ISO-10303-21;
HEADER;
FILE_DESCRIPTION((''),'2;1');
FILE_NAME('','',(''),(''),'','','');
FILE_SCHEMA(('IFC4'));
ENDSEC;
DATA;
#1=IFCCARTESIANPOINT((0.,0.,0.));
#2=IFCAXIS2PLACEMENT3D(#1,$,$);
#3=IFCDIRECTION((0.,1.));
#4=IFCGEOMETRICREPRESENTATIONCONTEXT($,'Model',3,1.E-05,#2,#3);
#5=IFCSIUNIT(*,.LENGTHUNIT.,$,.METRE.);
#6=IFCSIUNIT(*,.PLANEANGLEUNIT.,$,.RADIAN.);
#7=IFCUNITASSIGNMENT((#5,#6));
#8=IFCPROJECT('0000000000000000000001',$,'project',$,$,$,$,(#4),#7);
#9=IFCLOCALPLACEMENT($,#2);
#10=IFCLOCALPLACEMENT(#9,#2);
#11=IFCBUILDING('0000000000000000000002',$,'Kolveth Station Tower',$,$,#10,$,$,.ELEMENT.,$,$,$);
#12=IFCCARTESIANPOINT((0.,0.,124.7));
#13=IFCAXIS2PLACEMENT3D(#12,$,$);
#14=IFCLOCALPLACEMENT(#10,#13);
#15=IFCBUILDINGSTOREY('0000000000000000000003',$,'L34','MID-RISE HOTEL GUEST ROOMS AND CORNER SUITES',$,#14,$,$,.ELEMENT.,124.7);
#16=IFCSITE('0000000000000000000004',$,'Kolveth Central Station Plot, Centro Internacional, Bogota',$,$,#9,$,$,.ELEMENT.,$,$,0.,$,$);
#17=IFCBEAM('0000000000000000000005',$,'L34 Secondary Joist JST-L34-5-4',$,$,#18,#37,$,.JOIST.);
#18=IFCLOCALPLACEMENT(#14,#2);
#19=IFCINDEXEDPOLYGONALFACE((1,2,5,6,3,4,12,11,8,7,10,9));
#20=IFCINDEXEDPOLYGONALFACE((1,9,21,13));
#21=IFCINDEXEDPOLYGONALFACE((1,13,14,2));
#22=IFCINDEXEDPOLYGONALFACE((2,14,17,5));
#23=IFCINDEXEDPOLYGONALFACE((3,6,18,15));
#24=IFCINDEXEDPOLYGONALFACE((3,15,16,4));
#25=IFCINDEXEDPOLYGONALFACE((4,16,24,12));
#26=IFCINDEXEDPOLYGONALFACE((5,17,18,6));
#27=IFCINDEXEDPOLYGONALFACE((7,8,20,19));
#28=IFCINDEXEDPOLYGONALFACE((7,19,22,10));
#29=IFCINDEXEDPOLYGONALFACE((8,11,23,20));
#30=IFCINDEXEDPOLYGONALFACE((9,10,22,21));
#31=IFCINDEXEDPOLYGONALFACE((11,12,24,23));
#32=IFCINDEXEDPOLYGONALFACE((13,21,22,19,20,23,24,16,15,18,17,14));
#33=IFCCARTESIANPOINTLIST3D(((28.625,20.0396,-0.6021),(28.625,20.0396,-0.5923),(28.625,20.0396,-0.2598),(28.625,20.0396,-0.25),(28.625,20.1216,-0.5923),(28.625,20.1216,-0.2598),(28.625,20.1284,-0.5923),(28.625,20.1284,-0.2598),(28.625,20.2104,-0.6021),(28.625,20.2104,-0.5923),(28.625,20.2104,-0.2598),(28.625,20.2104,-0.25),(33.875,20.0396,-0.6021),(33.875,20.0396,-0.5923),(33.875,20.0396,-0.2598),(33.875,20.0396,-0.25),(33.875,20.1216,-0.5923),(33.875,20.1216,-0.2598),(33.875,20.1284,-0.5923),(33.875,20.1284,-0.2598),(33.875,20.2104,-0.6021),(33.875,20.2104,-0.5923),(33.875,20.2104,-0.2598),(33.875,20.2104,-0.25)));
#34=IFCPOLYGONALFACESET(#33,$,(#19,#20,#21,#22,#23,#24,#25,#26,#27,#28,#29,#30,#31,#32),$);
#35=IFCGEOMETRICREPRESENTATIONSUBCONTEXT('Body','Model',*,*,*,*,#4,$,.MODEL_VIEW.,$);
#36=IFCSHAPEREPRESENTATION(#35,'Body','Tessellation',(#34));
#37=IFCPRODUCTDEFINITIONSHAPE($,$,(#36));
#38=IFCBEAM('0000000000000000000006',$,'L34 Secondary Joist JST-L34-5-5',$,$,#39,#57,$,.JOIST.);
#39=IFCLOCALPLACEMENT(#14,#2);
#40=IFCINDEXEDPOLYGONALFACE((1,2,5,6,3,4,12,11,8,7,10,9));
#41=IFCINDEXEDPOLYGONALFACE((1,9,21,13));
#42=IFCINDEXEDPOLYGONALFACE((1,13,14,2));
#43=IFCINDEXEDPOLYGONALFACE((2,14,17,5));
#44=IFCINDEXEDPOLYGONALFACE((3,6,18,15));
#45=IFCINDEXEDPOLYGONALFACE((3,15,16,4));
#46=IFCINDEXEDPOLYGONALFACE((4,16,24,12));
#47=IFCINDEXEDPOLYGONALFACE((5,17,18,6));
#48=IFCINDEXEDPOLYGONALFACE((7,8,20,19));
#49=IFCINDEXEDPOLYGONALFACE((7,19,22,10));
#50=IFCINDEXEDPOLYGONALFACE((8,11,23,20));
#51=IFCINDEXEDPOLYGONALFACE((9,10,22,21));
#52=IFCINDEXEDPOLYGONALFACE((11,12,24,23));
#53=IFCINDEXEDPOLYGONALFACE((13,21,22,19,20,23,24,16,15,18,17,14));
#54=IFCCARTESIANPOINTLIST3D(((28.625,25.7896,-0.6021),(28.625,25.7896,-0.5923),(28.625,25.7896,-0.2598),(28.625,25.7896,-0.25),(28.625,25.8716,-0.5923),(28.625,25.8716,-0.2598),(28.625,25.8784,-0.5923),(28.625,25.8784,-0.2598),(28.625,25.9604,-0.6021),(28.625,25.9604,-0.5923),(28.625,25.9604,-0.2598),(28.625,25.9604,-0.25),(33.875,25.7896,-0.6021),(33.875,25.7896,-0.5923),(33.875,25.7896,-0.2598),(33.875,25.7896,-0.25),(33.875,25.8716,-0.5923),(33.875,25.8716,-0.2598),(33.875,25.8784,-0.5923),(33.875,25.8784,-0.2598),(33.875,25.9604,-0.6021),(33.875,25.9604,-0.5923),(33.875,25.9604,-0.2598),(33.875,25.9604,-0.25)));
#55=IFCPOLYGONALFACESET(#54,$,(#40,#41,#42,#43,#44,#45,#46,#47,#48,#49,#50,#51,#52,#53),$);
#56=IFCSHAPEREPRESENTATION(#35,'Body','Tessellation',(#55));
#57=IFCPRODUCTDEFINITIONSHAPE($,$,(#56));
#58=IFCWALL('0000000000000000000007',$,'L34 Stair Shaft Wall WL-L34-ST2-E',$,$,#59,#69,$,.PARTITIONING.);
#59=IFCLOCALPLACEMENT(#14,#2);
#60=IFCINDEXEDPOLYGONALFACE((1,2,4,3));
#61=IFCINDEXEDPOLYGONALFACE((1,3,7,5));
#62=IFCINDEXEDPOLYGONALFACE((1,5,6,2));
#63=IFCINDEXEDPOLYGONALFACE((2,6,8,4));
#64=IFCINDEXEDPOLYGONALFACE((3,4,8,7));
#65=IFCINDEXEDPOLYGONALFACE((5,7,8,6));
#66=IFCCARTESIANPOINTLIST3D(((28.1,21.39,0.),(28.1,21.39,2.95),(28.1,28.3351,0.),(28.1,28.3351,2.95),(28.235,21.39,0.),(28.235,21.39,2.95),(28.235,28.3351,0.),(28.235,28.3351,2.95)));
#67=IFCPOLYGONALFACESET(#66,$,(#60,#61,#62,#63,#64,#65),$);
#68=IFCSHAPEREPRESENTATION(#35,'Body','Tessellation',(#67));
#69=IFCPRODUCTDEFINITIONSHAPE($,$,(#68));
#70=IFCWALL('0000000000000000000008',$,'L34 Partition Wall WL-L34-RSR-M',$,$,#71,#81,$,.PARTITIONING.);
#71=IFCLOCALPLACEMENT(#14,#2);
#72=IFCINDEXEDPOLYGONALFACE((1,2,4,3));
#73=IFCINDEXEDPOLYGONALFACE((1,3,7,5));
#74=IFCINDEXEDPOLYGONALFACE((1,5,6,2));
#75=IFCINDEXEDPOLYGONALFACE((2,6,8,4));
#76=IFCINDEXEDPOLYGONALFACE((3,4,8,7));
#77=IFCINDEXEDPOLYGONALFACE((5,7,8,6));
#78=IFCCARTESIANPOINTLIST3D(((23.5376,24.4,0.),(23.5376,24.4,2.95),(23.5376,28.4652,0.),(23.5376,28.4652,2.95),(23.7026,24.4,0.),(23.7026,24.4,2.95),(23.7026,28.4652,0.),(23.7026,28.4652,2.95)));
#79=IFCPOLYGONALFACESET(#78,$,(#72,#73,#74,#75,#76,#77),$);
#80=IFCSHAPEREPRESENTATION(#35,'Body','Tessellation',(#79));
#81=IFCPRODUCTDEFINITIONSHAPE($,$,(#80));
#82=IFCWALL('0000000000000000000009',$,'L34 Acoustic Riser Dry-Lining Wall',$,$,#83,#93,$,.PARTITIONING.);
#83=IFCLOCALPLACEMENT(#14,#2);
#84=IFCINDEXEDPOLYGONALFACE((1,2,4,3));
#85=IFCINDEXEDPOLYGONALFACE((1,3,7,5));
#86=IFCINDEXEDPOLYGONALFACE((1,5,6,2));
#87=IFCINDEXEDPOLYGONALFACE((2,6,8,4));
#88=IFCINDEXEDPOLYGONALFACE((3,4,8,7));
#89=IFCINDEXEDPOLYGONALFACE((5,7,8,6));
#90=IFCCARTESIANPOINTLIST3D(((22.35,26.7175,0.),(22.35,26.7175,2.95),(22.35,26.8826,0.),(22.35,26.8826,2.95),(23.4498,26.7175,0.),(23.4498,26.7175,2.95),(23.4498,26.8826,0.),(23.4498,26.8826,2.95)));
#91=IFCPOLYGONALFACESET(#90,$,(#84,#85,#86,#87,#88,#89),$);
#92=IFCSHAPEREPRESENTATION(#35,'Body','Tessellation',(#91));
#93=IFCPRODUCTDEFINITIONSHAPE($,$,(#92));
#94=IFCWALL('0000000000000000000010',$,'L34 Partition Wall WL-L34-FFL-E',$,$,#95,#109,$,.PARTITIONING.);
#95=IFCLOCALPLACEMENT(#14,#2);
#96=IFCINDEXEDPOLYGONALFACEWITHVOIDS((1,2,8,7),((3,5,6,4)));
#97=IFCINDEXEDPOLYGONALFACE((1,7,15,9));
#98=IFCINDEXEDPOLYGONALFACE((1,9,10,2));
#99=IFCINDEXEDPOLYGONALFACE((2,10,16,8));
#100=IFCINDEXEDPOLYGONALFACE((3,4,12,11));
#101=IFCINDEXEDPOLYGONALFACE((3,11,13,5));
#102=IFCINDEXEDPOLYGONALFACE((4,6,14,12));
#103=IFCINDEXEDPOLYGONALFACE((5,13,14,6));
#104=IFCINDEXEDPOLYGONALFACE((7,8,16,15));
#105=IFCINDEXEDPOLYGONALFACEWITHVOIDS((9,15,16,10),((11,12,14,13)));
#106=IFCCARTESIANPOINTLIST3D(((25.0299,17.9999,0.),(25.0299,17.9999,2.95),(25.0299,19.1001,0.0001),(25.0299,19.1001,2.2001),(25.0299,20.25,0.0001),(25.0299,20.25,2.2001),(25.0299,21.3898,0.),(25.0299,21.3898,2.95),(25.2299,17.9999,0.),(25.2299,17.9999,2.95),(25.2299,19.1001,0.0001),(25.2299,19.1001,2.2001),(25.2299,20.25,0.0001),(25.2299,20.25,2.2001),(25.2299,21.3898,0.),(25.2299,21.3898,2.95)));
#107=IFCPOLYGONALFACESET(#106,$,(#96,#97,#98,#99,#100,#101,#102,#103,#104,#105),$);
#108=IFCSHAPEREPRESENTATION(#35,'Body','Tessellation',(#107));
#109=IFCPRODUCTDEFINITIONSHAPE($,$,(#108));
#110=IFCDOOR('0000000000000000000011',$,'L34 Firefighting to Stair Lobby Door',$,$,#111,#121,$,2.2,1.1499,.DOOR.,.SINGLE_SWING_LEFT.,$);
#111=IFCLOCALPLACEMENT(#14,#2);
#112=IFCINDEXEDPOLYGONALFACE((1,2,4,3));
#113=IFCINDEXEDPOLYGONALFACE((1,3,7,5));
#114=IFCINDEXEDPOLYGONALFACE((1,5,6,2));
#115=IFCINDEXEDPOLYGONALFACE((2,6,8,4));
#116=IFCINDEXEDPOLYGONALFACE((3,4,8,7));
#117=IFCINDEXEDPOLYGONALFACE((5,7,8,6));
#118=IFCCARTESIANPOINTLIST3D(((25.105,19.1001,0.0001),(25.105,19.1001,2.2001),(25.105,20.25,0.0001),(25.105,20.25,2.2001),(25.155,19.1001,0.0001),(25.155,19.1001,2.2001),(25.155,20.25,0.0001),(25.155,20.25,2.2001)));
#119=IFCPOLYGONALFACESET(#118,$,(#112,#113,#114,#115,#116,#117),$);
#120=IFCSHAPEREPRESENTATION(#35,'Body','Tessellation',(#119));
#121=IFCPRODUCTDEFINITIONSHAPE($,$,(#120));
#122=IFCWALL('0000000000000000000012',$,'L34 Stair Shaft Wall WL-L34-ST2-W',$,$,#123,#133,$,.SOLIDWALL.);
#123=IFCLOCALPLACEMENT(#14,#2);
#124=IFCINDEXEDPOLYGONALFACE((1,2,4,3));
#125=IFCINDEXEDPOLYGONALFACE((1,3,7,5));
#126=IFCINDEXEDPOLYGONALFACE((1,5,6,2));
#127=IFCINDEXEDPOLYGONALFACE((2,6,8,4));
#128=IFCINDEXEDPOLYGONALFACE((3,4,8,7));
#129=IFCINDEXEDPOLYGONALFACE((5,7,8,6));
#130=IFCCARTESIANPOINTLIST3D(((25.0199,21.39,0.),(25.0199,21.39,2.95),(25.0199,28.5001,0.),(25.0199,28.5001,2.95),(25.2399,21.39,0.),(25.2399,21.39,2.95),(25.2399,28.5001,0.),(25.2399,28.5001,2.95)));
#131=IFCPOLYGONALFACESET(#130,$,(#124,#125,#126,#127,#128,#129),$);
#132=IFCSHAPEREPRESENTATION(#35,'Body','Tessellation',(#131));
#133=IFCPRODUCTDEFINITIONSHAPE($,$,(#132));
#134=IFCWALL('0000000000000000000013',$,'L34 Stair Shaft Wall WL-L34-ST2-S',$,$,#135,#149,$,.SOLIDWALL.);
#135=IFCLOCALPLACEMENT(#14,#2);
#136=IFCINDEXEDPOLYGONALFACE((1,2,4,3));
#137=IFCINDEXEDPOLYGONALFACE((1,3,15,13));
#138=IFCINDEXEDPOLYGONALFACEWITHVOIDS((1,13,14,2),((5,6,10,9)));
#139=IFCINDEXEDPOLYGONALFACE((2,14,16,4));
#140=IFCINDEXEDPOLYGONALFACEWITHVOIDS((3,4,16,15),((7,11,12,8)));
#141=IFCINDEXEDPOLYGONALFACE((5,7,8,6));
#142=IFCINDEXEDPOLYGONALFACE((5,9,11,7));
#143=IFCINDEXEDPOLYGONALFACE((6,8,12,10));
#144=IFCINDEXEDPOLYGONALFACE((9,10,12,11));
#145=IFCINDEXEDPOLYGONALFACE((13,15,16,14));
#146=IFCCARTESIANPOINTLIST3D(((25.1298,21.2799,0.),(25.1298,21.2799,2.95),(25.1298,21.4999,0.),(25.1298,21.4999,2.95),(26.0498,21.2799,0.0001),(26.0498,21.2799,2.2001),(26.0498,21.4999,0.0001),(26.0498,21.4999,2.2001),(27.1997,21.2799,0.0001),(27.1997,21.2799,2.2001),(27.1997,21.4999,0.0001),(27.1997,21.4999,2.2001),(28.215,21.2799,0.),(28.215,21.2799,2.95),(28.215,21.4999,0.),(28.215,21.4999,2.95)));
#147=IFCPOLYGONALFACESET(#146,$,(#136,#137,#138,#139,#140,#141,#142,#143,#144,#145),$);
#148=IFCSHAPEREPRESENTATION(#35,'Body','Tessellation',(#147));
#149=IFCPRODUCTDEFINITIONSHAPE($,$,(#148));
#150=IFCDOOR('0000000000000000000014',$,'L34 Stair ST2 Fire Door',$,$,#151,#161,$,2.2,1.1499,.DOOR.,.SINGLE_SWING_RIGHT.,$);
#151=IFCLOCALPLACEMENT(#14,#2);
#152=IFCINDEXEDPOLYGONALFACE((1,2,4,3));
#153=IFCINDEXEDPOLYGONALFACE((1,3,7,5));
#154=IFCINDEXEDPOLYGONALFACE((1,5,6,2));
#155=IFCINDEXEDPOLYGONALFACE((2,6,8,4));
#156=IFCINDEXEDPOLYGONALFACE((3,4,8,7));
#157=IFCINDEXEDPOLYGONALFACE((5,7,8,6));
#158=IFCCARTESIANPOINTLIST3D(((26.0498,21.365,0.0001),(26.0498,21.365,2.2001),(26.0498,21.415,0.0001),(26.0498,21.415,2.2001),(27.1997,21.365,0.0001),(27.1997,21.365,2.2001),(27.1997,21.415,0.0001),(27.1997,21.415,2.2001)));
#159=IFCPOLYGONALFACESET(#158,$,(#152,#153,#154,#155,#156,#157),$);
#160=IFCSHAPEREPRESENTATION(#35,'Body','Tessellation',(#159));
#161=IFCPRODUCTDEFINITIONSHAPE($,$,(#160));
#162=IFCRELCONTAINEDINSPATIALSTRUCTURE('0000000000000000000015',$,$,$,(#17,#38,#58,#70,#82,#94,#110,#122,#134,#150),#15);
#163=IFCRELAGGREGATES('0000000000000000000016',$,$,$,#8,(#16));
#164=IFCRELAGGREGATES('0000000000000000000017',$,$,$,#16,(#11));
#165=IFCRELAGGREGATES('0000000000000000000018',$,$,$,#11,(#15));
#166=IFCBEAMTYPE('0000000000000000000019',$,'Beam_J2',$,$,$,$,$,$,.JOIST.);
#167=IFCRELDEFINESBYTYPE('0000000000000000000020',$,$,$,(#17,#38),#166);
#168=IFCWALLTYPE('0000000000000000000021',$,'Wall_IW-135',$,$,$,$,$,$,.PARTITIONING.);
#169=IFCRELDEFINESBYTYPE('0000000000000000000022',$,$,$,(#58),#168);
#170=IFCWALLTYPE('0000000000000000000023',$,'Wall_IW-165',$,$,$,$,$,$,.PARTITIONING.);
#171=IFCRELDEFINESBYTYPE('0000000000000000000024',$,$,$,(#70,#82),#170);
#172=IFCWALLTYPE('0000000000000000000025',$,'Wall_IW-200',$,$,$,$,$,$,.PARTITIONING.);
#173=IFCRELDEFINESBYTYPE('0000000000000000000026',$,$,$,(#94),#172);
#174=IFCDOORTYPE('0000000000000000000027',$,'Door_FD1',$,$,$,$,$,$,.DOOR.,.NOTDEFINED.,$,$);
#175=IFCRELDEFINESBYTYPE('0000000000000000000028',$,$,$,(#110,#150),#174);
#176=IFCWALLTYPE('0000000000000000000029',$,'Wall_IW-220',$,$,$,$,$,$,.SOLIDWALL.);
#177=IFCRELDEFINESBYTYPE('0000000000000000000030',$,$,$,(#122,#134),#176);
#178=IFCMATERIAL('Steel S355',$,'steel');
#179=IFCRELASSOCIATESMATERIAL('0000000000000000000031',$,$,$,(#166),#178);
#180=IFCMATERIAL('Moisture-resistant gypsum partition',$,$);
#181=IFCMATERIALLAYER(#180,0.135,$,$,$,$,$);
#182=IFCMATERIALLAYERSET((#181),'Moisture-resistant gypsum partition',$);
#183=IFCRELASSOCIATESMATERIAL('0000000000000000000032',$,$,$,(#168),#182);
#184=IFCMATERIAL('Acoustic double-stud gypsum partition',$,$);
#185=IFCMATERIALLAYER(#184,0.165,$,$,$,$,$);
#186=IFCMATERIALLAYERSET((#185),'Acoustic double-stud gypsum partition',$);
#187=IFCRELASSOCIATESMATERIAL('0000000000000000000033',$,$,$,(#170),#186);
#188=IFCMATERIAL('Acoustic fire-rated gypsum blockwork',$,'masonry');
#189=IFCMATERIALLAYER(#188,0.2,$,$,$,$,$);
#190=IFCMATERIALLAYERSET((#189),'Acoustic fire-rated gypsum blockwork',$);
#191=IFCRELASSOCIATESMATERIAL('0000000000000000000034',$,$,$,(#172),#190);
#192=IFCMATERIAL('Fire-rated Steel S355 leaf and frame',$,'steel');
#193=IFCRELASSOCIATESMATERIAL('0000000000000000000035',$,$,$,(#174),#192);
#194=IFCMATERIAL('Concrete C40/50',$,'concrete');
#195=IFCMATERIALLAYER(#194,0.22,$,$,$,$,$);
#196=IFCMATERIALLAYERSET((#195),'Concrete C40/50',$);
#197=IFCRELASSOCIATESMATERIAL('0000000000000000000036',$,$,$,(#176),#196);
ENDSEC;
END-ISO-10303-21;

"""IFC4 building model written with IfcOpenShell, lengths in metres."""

from ifc_helpers import new_model, si_unit, direction, frame, frame_2d, origin, origin_2d, place, context, subcontext, project, spatial, rectangle, i_section, extrude, source, transform, mapped, material, layer, layer_set, material_profile, profile_set, type_object, element, fill, save


model = new_model("IFC4")

# Units and contexts
model_context = context("Model", 3, precision=1e-05, world=origin(), true_north=direction((0.0, 1.0)))
body_context = subcontext(model_context, "Body", "Model", "MODEL_VIEW")
ifc_project = project(units=[si_unit("LENGTHUNIT", "METRE"), si_unit("PLANEANGLEUNIT", "RADIAN")], contexts=[model_context])

# Site, building, storey
site_placement = place(None, origin())
site = spatial("IfcSite", under=ifc_project, at=site_placement, Name="Kolveth Central Station Plot, Centro Internacional, Bogota", CompositionType="ELEMENT", RefElevation=0.0)
building_placement = place(site_placement, origin())
building = spatial("IfcBuilding", under=site, at=building_placement, Name="Kolveth Station Tower", CompositionType="ELEMENT")
storey_placement = place(building_placement, frame((0.0, 0.0, 124.7)))
storey = spatial("IfcBuildingStorey", under=building, at=storey_placement, Name="L34", Description="MID-RISE HOTEL GUEST ROOMS AND CORNER SUITES", CompositionType="ELEMENT", Elevation=124.7)

# Shared definitions
ifc_material_1 = material(Name="Steel S355", Category="steel")

# Beams
ifc_material_profile_1 = material_profile(ifc_material_1, i_section(OverallWidth=0.1709, OverallDepth=0.3521, WebThickness=0.0068, FlangeThickness=0.0098, at=origin_2d()), Name="W360x44")
ifc_profile_set_1 = profile_set([ifc_material_profile_1], Name="Steel S355")
beam_type_1 = type_object("IfcBeamType", Name="Beam_J2", PredefinedType="JOIST", material=ifc_profile_set_1)
shared_shape_1 = source(origin(), body_context, "Body", "SweptSolid", [
    extrude(i_section(OverallWidth=0.1709, OverallDepth=0.3521, WebThickness=0.0068, FlangeThickness=0.0098, at=origin_2d()), origin(), (0.0, 0.0, 1.0), 5.25),
])
for number, where, z_axis, x_axis, name in (
    (1, (28.625, 20.125, -0.426), (1.0, 0.0, 0.0), (0.0, 1.0, 0.0), "L34 Secondary Joist JST-L34-5-4"),
    (2, (28.625, 25.875, -0.426), (1.0, 0.0, 0.0), (0.0, 1.0, 0.0), "L34 Secondary Joist JST-L34-5-5"),
):
    element("IfcBeam", number, at=place(storey_placement, frame(where, z_axis=z_axis, x_axis=x_axis)), inside=storey, type_object=beam_type_1, Name=name, PredefinedType="JOIST", context=body_context, shape_type="MappedRepresentation", body=[
        mapped(shared_shape_1, transform((0.0, 0.0, 0.0), x_axis=(1.0, 0.0, 0.0), y_axis=(0.0, 1.0, 0.0), z_axis=(0.0, 0.0, 1.0), scale=1.0)),
    ])

# Walls
ifc_material_2 = material(Name="Moisture-resistant gypsum partition")
ifc_layer_1 = layer(ifc_material_2, 0.135)
ifc_layer_set_1 = layer_set([ifc_layer_1], Name="Moisture-resistant gypsum partition")
wall_type_1 = type_object("IfcWallType", Name="Wall_IW-135", PredefinedType="PARTITIONING", material=ifc_layer_set_1)
wall_1_placement = place(storey_placement, frame((28.1675, 21.3899, 0.0), z_axis=(0.0, 0.0, 1.0), x_axis=(0.0, 1.0, 0.0)))
element("IfcWall", 3, at=wall_1_placement, inside=storey, type_object=wall_type_1, Name="L34 Stair Shaft Wall WL-L34-ST2-E", PredefinedType="PARTITIONING", context=body_context, shape_type="SweptSolid", body=[
    extrude(rectangle(XDim=6.9451, YDim=0.135, at=frame_2d((3.4727, 0.0))), origin(), (0.0, 0.0, 1.0), 2.95),
])
ifc_material_3 = material(Name="Acoustic double-stud gypsum partition")
ifc_layer_2 = layer(ifc_material_3, 0.165)
ifc_layer_set_2 = layer_set([ifc_layer_2], Name="Acoustic double-stud gypsum partition")
wall_type_2 = type_object("IfcWallType", Name="Wall_IW-165", PredefinedType="PARTITIONING", material=ifc_layer_set_2)
wall_2_placement = place(storey_placement, frame((23.6201, 24.3999, 0.0), z_axis=(0.0, 0.0, 1.0), x_axis=(0.0, 1.0, 0.0)))
element("IfcWall", 4, at=wall_2_placement, inside=storey, type_object=wall_type_2, Name="L34 Partition Wall WL-L34-RSR-M", PredefinedType="PARTITIONING", context=body_context, shape_type="SweptSolid", body=[
    extrude(rectangle(XDim=4.0652, YDim=0.165, at=frame_2d((2.0327, 0.0))), origin(), (0.0, 0.0, 1.0), 2.95),
])
wall_3_placement = place(storey_placement, frame((22.3501, 26.8, 0.0), z_axis=(0.0, 0.0, 1.0), x_axis=(1.0, 0.0, 0.0)))
element("IfcWall", 5, at=wall_3_placement, inside=storey, type_object=wall_type_2, Name="L34 Acoustic Riser Dry-Lining Wall", PredefinedType="PARTITIONING", context=body_context, shape_type="SweptSolid", body=[
    extrude(rectangle(XDim=1.0999, YDim=0.165, at=frame_2d((0.5498, 0.0))), origin(), (0.0, 0.0, 1.0), 2.95),
])

# Wall, opening, door
ifc_material_4 = material(Name="Acoustic fire-rated gypsum blockwork", Category="masonry")
ifc_layer_3 = layer(ifc_material_4, 0.2)
ifc_layer_set_3 = layer_set([ifc_layer_3], Name="Acoustic fire-rated gypsum blockwork")
wall_type_3 = type_object("IfcWallType", Name="Wall_IW-200", PredefinedType="PARTITIONING", material=ifc_layer_set_3)
wall_4_placement = place(storey_placement, frame((25.1299, 18.0, 0.0), z_axis=(0.0, 0.0, 1.0), x_axis=(0.0, 1.0, 0.0)))
wall_4 = element("IfcWall", 6, at=wall_4_placement, inside=storey, type_object=wall_type_3, Name="L34 Partition Wall WL-L34-FFL-E", PredefinedType="PARTITIONING", context=body_context, shape_type="SweptSolid", body=[
    extrude(rectangle(XDim=3.3899, YDim=0.2, at=frame_2d((1.6948, 0.0))), origin(), (0.0, 0.0, 1.0), 2.95),
])
opening_1_placement = place(wall_4_placement, frame((1.1001, 0.0, 0.0)))
opening_1 = element("IfcOpeningElement", 7, at=opening_1_placement, cuts=wall_4, PredefinedType="OPENING", context=body_context, shape_type="SweptSolid", body=[
    extrude(rectangle(XDim=1.1499, YDim=2.2, at=frame_2d((0.575, 1.1001))), frame((0.0, 0.1099, 0.0), z_axis=(0.0, -1.0, 0.0), x_axis=(1.0, 0.0, 0.0)), (0.0, 0.0, 1.0), 0.22),
])
ifc_material_5 = material(Name="Fire-rated Steel S355 leaf and frame", Category="steel")
door_type = type_object("IfcDoorType", Name="Door_FD1", OperationType="NOTDEFINED", PredefinedType="DOOR", material=ifc_material_5)
door_1_placement = place(opening_1_placement, origin())
door_1 = element("IfcDoor", 8, at=door_1_placement, inside=storey, type_object=door_type, Name="L34 Firefighting to Stair Lobby Door", OperationType="SINGLE_SWING_LEFT", OverallHeight=2.2, OverallWidth=1.1499, PredefinedType="DOOR", context=body_context, shape_type="SweptSolid", body=[
    extrude(rectangle(XDim=1.1499, YDim=2.2, at=frame_2d((0.575, 1.1001))), frame((0.0, 0.0249, 0.0), z_axis=(0.0, -1.0, 0.0), x_axis=(1.0, 0.0, 0.0)), (0.0, 0.0, 1.0), 0.05),
])
fill(opening_1, door_1)

# Wall
ifc_material_6 = material(Name="Concrete C40/50", Category="concrete")
ifc_layer_4 = layer(ifc_material_6, 0.22)
ifc_layer_set_4 = layer_set([ifc_layer_4], Name="Concrete C40/50")
wall_type_4 = type_object("IfcWallType", Name="Wall_IW-220", PredefinedType="SOLIDWALL", material=ifc_layer_set_4)
wall_5_placement = place(storey_placement, frame((25.1299, 21.3899, 0.0), z_axis=(0.0, 0.0, 1.0), x_axis=(0.0, 1.0, 0.0)))
element("IfcWall", 9, at=wall_5_placement, inside=storey, type_object=wall_type_4, Name="L34 Stair Shaft Wall WL-L34-ST2-W", PredefinedType="SOLIDWALL", context=body_context, shape_type="SweptSolid", body=[
    extrude(rectangle(XDim=7.1101, YDim=0.22, at=frame_2d((3.5552, 0.0))), origin(), (0.0, 0.0, 1.0), 2.95),
])

# Wall, opening, door
wall_6_placement = place(storey_placement, frame((25.1299, 21.3899, 0.0), z_axis=(0.0, 0.0, 1.0), x_axis=(1.0, 0.0, 0.0)))
wall_6 = element("IfcWall", 10, at=wall_6_placement, inside=storey, type_object=wall_type_4, Name="L34 Stair Shaft Wall WL-L34-ST2-S", PredefinedType="SOLIDWALL", context=body_context, shape_type="SweptSolid", body=[
    extrude(rectangle(XDim=3.0852, YDim=0.22, at=frame_2d((1.5425, 0.0))), origin(), (0.0, 0.0, 1.0), 2.95),
])
opening_2_placement = place(wall_6_placement, frame((0.9199, 0.0, 0.0)))
opening_2 = element("IfcOpeningElement", 11, at=opening_2_placement, cuts=wall_6, PredefinedType="OPENING", context=body_context, shape_type="SweptSolid", body=[
    extrude(rectangle(XDim=1.1499, YDim=2.2, at=frame_2d((0.575, 1.1001))), frame((0.0, 0.1199, 0.0), z_axis=(0.0, -1.0, 0.0), x_axis=(1.0, 0.0, 0.0)), (0.0, 0.0, 1.0), 0.24),
])
door_2_placement = place(opening_2_placement, frame((1.1499, 0.0, 0.0), z_axis=(0.0, 0.0, 1.0), x_axis=(-1.0, 0.0, 0.0)))
door_2 = element("IfcDoor", 12, at=door_2_placement, inside=storey, type_object=door_type, Name="L34 Stair ST2 Fire Door", OperationType="SINGLE_SWING_RIGHT", OverallHeight=2.2, OverallWidth=1.1499, PredefinedType="DOOR", context=body_context, shape_type="SweptSolid", body=[
    extrude(rectangle(XDim=1.1499, YDim=2.2, at=frame_2d((0.575, 1.1001))), frame((0.0, 0.0249, 0.0), z_axis=(0.0, -1.0, 0.0), x_axis=(1.0, 0.0, 0.0)), (0.0, 0.0, 1.0), 0.05),
])
fill(opening_2, door_2)

save(model, "model.ifc")
